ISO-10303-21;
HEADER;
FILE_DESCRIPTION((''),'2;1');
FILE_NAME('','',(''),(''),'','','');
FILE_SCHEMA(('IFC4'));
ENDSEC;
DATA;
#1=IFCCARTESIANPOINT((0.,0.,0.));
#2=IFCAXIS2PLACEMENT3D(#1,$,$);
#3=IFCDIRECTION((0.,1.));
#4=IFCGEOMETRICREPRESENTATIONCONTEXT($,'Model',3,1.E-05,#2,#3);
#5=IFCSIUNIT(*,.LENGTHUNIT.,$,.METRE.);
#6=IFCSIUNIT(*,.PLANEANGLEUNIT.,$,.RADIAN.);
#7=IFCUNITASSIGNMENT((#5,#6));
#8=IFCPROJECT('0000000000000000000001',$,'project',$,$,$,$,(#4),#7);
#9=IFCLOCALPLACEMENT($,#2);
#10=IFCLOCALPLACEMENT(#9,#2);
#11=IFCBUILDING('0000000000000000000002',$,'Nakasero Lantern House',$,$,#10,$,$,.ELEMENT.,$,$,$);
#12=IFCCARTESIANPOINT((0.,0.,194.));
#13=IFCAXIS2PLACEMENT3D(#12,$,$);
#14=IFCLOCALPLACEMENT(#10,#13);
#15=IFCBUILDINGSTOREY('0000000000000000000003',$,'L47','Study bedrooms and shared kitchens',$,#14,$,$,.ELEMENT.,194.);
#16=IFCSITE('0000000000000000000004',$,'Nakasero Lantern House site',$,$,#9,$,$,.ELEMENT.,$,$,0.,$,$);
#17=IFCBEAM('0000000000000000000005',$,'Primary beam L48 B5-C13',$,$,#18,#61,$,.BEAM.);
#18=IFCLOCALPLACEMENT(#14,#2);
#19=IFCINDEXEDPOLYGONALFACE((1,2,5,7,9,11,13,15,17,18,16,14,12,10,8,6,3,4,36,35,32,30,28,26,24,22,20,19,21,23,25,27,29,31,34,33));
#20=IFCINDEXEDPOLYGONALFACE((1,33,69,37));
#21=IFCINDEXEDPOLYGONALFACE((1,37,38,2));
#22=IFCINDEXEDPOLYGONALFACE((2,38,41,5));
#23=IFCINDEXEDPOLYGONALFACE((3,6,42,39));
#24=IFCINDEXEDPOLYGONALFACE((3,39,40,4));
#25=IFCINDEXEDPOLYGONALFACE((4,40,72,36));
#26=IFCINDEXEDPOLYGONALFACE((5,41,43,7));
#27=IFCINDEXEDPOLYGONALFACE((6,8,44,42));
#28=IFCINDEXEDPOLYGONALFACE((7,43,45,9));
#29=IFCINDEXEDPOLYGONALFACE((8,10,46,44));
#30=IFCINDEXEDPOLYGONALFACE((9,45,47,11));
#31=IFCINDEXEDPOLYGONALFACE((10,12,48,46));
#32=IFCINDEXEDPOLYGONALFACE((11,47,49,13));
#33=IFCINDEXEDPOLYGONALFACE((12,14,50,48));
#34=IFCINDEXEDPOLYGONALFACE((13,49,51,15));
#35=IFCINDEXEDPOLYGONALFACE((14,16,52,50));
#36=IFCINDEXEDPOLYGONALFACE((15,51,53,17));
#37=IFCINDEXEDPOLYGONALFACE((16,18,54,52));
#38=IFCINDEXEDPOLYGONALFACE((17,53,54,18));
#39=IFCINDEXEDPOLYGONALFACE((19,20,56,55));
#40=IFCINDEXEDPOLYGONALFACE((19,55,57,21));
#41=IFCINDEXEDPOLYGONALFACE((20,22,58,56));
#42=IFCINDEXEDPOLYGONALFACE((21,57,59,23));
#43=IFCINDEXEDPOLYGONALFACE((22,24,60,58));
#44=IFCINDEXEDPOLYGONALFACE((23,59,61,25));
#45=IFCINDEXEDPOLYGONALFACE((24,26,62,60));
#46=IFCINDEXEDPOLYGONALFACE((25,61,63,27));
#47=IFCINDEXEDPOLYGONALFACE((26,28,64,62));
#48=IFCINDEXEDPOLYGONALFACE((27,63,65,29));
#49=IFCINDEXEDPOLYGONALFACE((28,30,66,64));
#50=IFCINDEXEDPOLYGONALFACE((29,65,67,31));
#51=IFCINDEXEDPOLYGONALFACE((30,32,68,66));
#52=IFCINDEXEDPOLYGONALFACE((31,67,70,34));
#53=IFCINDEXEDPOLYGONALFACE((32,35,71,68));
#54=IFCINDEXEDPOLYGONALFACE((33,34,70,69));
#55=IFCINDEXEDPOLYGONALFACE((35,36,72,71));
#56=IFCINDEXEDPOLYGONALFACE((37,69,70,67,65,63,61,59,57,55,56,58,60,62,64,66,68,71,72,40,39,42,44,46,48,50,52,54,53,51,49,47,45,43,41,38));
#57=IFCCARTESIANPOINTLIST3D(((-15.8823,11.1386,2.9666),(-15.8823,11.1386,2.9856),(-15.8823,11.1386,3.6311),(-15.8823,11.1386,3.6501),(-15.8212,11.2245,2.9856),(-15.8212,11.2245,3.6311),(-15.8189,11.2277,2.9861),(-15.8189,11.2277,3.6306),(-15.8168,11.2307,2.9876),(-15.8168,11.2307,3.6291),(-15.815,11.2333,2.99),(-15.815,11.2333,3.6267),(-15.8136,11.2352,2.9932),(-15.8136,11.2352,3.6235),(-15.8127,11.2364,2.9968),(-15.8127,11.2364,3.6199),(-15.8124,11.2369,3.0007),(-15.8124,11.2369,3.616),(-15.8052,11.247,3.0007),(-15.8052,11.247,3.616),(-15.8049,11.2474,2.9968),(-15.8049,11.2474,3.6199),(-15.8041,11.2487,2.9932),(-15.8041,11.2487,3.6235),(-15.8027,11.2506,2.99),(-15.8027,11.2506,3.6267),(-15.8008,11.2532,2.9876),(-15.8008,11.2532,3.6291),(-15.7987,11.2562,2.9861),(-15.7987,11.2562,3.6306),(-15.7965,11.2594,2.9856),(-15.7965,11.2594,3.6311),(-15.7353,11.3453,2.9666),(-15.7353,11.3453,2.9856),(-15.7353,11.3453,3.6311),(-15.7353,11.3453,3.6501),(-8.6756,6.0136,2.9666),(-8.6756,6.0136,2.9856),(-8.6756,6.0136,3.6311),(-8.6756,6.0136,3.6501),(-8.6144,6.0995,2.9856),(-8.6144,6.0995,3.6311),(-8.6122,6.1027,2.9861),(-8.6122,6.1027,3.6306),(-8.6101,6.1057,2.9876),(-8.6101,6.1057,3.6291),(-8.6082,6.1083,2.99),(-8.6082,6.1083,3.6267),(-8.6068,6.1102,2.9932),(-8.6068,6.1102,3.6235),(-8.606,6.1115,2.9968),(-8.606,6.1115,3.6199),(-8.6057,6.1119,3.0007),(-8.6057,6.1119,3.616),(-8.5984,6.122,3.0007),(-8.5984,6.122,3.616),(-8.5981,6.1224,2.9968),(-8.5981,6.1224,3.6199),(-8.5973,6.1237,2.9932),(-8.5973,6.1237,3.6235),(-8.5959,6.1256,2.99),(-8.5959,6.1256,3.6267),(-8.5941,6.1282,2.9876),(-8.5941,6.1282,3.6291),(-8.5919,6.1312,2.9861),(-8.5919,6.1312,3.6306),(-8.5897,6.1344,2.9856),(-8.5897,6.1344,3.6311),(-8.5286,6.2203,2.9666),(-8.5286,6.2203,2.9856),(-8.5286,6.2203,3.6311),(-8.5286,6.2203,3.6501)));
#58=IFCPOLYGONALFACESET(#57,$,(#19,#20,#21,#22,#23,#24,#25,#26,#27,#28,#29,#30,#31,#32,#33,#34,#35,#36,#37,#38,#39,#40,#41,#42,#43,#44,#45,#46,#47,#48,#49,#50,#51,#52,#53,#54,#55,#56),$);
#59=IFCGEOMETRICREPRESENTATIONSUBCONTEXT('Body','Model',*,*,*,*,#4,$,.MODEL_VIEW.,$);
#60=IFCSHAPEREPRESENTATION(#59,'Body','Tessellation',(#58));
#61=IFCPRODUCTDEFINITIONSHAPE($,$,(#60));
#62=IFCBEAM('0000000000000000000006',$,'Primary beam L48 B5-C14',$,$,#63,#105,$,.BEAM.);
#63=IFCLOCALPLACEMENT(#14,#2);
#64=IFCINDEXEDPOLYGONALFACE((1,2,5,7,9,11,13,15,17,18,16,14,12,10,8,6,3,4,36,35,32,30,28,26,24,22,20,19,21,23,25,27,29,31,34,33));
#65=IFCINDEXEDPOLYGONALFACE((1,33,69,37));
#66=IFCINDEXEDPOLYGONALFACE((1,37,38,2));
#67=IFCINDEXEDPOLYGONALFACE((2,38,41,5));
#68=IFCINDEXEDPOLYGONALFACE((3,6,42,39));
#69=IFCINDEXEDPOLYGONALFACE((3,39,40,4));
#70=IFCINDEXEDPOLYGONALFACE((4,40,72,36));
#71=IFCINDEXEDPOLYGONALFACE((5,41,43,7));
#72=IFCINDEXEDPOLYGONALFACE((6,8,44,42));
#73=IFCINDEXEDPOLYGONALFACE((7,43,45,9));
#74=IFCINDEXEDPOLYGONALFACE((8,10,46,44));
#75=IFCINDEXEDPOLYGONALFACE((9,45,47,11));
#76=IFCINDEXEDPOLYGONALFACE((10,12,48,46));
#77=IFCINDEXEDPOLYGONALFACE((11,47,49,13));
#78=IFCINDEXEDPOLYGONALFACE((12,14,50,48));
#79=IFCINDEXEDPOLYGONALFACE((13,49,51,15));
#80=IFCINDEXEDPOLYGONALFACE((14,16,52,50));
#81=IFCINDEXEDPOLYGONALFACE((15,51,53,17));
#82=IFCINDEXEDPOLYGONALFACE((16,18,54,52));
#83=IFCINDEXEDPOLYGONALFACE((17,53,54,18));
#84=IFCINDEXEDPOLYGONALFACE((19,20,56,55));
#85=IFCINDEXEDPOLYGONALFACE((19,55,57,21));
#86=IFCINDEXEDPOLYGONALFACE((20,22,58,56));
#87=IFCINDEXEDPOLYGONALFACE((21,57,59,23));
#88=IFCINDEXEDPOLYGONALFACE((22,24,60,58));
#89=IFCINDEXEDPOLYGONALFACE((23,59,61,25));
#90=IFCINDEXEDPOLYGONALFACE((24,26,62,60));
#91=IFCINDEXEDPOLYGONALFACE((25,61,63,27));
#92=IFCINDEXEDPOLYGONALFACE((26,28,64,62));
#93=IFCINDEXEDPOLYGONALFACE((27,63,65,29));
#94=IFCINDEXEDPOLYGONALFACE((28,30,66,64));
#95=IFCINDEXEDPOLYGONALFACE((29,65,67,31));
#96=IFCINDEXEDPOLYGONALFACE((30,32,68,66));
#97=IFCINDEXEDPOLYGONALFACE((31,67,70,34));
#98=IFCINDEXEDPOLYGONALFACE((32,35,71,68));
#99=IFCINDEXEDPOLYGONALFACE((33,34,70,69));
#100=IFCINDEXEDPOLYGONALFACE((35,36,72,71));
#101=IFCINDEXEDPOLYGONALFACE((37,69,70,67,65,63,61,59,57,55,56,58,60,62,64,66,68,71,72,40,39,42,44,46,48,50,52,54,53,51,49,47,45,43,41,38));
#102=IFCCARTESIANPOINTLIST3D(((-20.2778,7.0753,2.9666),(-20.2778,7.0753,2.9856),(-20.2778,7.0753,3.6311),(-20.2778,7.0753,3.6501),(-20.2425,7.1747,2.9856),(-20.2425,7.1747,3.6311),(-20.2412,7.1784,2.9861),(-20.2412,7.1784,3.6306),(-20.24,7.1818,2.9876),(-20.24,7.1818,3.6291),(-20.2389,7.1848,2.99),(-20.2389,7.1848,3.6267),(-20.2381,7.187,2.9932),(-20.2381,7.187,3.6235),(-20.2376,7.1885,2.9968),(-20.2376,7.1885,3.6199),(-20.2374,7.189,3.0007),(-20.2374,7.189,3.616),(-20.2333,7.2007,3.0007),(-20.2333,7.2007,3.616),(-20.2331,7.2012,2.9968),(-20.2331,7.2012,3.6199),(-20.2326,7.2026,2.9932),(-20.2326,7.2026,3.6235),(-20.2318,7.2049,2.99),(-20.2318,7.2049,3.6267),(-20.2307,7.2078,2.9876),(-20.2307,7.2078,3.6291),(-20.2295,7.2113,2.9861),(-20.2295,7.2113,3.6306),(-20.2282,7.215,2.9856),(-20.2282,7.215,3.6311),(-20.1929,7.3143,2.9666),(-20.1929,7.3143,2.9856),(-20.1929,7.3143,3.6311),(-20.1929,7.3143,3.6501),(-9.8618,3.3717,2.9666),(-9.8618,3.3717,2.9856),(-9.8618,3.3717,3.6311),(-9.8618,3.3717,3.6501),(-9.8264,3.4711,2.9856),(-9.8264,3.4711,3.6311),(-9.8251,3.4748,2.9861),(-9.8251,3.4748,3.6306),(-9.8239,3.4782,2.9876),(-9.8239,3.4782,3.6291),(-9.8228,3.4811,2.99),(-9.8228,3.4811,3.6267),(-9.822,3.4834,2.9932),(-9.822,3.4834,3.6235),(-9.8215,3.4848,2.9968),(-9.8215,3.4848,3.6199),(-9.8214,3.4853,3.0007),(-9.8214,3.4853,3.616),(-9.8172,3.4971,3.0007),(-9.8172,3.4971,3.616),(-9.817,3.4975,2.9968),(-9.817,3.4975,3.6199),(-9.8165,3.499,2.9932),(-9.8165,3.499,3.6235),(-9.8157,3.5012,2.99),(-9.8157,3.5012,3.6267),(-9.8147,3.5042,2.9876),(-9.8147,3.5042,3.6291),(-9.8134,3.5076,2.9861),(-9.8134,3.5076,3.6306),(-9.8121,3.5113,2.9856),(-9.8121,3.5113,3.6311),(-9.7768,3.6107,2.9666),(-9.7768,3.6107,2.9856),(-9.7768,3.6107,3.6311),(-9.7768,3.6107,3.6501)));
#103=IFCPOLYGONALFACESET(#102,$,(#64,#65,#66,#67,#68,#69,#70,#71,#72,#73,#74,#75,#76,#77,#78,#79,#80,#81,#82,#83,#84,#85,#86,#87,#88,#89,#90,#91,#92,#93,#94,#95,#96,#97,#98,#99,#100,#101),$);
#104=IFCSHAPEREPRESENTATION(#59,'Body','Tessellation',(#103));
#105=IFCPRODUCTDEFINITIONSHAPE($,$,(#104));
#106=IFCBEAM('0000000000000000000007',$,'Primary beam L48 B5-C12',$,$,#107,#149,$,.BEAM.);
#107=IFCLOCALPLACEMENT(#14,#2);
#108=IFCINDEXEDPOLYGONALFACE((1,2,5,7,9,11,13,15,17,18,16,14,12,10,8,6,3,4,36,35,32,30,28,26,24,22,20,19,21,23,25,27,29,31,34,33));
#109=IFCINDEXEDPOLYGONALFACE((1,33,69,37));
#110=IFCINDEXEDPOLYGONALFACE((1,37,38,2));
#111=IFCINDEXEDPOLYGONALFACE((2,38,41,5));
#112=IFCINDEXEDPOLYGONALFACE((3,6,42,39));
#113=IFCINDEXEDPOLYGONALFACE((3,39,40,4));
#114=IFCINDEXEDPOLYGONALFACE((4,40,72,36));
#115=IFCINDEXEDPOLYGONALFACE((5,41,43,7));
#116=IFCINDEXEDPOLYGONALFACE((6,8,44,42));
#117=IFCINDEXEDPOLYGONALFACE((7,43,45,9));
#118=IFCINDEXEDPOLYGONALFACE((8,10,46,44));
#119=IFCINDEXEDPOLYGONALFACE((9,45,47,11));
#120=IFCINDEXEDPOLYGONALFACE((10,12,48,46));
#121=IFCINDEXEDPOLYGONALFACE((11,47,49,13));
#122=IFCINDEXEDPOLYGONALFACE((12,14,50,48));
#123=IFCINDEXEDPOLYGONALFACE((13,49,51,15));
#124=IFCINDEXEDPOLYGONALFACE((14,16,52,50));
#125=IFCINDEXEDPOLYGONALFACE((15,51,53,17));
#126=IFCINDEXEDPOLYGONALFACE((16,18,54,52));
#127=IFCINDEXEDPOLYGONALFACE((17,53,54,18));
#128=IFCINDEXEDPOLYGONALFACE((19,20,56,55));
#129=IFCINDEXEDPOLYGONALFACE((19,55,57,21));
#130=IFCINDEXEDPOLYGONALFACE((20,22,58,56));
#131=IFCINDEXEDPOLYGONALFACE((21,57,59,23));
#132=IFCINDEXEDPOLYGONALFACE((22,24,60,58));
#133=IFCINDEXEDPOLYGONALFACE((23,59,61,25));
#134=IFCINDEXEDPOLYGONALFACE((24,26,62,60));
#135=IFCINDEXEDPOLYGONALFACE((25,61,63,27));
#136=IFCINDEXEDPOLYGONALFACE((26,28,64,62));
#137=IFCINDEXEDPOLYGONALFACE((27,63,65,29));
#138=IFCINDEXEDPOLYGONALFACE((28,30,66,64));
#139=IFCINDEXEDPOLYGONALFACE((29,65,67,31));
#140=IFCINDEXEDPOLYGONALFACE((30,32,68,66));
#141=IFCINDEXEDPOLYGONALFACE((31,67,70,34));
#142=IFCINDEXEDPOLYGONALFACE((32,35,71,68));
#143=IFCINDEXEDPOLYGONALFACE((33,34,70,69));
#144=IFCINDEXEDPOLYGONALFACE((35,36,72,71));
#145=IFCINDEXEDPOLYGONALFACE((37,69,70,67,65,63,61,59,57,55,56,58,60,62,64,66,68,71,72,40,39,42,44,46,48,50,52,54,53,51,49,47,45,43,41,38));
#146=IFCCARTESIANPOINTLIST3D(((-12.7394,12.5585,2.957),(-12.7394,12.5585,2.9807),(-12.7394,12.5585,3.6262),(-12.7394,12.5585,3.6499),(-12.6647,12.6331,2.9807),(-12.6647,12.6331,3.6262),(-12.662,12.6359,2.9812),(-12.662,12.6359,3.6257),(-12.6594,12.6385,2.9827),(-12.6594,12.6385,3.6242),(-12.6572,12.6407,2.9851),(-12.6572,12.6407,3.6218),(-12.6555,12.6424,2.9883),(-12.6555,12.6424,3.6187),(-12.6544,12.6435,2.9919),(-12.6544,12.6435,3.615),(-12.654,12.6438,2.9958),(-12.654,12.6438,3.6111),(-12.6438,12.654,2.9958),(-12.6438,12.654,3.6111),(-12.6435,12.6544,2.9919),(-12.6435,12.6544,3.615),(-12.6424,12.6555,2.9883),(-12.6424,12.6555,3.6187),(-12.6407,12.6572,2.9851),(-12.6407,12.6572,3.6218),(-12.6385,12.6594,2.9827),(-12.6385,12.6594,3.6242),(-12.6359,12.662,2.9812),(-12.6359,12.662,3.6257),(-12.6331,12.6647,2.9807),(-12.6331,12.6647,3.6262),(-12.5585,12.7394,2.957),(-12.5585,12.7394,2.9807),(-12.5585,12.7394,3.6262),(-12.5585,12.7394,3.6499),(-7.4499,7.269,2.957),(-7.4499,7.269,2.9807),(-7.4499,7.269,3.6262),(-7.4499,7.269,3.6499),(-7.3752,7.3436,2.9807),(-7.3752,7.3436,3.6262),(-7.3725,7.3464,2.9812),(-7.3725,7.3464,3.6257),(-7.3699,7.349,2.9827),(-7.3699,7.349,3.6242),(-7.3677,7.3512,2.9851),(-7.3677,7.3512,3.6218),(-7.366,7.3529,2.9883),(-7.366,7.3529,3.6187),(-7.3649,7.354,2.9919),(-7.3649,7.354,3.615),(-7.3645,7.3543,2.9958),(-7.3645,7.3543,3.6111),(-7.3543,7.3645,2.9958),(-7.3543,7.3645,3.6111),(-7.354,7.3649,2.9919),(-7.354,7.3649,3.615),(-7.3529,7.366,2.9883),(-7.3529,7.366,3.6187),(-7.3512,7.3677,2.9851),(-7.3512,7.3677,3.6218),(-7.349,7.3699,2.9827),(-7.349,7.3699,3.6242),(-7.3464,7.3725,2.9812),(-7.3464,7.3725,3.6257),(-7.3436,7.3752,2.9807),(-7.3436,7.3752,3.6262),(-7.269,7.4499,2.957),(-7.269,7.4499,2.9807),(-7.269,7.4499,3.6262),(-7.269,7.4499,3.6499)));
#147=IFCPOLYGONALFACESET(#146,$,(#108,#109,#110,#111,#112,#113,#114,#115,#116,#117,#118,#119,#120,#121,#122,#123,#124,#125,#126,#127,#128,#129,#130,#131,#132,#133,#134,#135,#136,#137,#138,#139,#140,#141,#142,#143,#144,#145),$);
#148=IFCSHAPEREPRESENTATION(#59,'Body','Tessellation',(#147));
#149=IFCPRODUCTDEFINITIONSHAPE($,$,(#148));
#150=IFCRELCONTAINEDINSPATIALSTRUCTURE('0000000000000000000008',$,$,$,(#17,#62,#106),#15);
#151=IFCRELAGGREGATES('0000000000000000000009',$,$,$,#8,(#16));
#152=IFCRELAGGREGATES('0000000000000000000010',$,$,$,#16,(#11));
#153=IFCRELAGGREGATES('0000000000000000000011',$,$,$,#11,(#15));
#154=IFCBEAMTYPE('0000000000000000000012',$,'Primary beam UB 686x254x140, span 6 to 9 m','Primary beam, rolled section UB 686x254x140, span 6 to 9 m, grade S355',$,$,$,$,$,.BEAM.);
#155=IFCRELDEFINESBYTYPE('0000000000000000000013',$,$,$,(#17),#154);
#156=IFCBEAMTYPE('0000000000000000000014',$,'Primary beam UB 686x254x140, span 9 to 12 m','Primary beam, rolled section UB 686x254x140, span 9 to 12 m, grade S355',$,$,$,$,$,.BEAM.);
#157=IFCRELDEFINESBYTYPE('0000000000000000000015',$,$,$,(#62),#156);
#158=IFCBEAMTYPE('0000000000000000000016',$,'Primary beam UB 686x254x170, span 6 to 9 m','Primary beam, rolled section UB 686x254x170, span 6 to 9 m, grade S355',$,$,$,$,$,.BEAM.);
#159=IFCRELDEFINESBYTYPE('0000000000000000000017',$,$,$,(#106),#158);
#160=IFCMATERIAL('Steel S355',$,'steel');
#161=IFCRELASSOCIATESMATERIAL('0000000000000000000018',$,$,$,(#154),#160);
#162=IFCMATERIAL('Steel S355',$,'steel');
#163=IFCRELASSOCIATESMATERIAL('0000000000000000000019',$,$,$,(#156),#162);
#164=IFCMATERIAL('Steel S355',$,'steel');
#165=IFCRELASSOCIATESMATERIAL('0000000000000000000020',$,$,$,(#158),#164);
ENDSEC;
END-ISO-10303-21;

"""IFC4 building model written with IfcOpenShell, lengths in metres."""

from ifc_helpers import new_model, si_unit, direction, frame, origin, origin_2d, place, context, subcontext, project, spatial, i_section, extrude, material, material_profile, profile_set, type_object, element, save


model = new_model("IFC4")

# Units and contexts
model_context = context("Model", 3, precision=1e-05, world=origin(), true_north=direction((0.0, 1.0)))
body_context = subcontext(model_context, "Body", "Model", "MODEL_VIEW")
ifc_project = project(units=[si_unit("LENGTHUNIT", "METRE"), si_unit("PLANEANGLEUNIT", "RADIAN")], contexts=[model_context])

# Site, building, storey
site_placement = place(None, origin())
site = spatial("IfcSite", under=ifc_project, at=site_placement, Name="Nakasero Lantern House site", CompositionType="ELEMENT", RefElevation=0.0)
building_placement = place(site_placement, origin())
building = spatial("IfcBuilding", under=site, at=building_placement, Name="Nakasero Lantern House", CompositionType="ELEMENT")
storey_placement = place(building_placement, frame((0.0, 0.0, 194.0)))
storey = spatial("IfcBuildingStorey", under=building, at=storey_placement, Name="L47", Description="Study bedrooms and shared kitchens", CompositionType="ELEMENT", Elevation=194.0)

# Beams
ifc_material_1 = material(Name="Steel S355", Category="steel")
ifc_material_profile_1 = material_profile(ifc_material_1, i_section(OverallWidth=0.2537, OverallDepth=0.6836, WebThickness=0.0125, FlangeThickness=0.019, FilletRadius=0.0151, at=origin_2d()), Name="UB 686x254x140")
ifc_profile_set_1 = profile_set([ifc_material_profile_1], Name="Steel S355")
beam_type_1 = type_object("IfcBeamType", Name="Primary beam UB 686x254x140, span 6 to 9 m", Description="Primary beam, rolled section UB 686x254x140, span 6 to 9 m, grade S355", PredefinedType="BEAM", material=ifc_profile_set_1)
beam_1_placement = place(storey_placement, frame((-15.8088, 11.2419, 3.3083), z_axis=(0.814946, -0.579537, 0.0), x_axis=(0.579537, 0.814946, 0.0)))
element("IfcBeam", 1, at=beam_1_placement, inside=storey, type_object=beam_type_1, Name="Primary beam L48 B5-C13", PredefinedType="BEAM", context=body_context, shape_type="SweptSolid", body=[
    extrude(i_section(OverallWidth=0.2537, OverallDepth=0.6836, WebThickness=0.0125, FlangeThickness=0.019, FilletRadius=0.0151, at=origin_2d()), origin(), (0.0, 0.0, 1.0), 8.8433),
])
ifc_material_2 = material(Name="Steel S355", Category="steel")
ifc_material_profile_2 = material_profile(ifc_material_2, i_section(OverallWidth=0.2537, OverallDepth=0.6836, WebThickness=0.0125, FlangeThickness=0.019, FilletRadius=0.0151, at=origin_2d()), Name="UB 686x254x140")
ifc_profile_set_2 = profile_set([ifc_material_profile_2], Name="Steel S355")
beam_type_2 = type_object("IfcBeamType", Name="Primary beam UB 686x254x140, span 9 to 12 m", Description="Primary beam, rolled section UB 686x254x140, span 9 to 12 m, grade S355", PredefinedType="BEAM", material=ifc_profile_set_2)
beam_2_placement = place(storey_placement, frame((-20.2354, 7.1948, 3.3083), z_axis=(0.942211, -0.335021, 0.0), x_axis=(0.335021, 0.942211, 0.0)))
element("IfcBeam", 2, at=beam_2_placement, inside=storey, type_object=beam_type_2, Name="Primary beam L48 B5-C14", PredefinedType="BEAM", context=body_context, shape_type="SweptSolid", body=[
    extrude(i_section(OverallWidth=0.2537, OverallDepth=0.6836, WebThickness=0.0125, FlangeThickness=0.019, FilletRadius=0.0151, at=origin_2d()), origin(), (0.0, 0.0, 1.0), 11.0549),
])
ifc_material_3 = material(Name="Steel S355", Category="steel")
ifc_material_profile_3 = material_profile(ifc_material_3, i_section(OverallWidth=0.2559, OverallDepth=0.6929, WebThickness=0.0144, FlangeThickness=0.0237, FilletRadius=0.0151, at=origin_2d()), Name="UB 686x254x170")
ifc_profile_set_3 = profile_set([ifc_material_profile_3], Name="Steel S355")
beam_type_3 = type_object("IfcBeamType", Name="Primary beam UB 686x254x170, span 6 to 9 m", Description="Primary beam, rolled section UB 686x254x170, span 6 to 9 m, grade S355", PredefinedType="BEAM", material=ifc_profile_set_3)
beam_3_placement = place(storey_placement, frame((-12.6489, 12.6489, 3.3035), z_axis=(0.707107, -0.707107, 0.0), x_axis=(0.707107, 0.707107, 0.0)))
element("IfcBeam", 3, at=beam_3_placement, inside=storey, type_object=beam_type_3, Name="Primary beam L48 B5-C12", PredefinedType="BEAM", context=body_context, shape_type="SweptSolid", body=[
    extrude(i_section(OverallWidth=0.2559, OverallDepth=0.6929, WebThickness=0.0144, FlangeThickness=0.0237, FilletRadius=0.0151, at=origin_2d()), origin(), (0.0, 0.0, 1.0), 7.4805),
])

save(model, "model.ifc")
